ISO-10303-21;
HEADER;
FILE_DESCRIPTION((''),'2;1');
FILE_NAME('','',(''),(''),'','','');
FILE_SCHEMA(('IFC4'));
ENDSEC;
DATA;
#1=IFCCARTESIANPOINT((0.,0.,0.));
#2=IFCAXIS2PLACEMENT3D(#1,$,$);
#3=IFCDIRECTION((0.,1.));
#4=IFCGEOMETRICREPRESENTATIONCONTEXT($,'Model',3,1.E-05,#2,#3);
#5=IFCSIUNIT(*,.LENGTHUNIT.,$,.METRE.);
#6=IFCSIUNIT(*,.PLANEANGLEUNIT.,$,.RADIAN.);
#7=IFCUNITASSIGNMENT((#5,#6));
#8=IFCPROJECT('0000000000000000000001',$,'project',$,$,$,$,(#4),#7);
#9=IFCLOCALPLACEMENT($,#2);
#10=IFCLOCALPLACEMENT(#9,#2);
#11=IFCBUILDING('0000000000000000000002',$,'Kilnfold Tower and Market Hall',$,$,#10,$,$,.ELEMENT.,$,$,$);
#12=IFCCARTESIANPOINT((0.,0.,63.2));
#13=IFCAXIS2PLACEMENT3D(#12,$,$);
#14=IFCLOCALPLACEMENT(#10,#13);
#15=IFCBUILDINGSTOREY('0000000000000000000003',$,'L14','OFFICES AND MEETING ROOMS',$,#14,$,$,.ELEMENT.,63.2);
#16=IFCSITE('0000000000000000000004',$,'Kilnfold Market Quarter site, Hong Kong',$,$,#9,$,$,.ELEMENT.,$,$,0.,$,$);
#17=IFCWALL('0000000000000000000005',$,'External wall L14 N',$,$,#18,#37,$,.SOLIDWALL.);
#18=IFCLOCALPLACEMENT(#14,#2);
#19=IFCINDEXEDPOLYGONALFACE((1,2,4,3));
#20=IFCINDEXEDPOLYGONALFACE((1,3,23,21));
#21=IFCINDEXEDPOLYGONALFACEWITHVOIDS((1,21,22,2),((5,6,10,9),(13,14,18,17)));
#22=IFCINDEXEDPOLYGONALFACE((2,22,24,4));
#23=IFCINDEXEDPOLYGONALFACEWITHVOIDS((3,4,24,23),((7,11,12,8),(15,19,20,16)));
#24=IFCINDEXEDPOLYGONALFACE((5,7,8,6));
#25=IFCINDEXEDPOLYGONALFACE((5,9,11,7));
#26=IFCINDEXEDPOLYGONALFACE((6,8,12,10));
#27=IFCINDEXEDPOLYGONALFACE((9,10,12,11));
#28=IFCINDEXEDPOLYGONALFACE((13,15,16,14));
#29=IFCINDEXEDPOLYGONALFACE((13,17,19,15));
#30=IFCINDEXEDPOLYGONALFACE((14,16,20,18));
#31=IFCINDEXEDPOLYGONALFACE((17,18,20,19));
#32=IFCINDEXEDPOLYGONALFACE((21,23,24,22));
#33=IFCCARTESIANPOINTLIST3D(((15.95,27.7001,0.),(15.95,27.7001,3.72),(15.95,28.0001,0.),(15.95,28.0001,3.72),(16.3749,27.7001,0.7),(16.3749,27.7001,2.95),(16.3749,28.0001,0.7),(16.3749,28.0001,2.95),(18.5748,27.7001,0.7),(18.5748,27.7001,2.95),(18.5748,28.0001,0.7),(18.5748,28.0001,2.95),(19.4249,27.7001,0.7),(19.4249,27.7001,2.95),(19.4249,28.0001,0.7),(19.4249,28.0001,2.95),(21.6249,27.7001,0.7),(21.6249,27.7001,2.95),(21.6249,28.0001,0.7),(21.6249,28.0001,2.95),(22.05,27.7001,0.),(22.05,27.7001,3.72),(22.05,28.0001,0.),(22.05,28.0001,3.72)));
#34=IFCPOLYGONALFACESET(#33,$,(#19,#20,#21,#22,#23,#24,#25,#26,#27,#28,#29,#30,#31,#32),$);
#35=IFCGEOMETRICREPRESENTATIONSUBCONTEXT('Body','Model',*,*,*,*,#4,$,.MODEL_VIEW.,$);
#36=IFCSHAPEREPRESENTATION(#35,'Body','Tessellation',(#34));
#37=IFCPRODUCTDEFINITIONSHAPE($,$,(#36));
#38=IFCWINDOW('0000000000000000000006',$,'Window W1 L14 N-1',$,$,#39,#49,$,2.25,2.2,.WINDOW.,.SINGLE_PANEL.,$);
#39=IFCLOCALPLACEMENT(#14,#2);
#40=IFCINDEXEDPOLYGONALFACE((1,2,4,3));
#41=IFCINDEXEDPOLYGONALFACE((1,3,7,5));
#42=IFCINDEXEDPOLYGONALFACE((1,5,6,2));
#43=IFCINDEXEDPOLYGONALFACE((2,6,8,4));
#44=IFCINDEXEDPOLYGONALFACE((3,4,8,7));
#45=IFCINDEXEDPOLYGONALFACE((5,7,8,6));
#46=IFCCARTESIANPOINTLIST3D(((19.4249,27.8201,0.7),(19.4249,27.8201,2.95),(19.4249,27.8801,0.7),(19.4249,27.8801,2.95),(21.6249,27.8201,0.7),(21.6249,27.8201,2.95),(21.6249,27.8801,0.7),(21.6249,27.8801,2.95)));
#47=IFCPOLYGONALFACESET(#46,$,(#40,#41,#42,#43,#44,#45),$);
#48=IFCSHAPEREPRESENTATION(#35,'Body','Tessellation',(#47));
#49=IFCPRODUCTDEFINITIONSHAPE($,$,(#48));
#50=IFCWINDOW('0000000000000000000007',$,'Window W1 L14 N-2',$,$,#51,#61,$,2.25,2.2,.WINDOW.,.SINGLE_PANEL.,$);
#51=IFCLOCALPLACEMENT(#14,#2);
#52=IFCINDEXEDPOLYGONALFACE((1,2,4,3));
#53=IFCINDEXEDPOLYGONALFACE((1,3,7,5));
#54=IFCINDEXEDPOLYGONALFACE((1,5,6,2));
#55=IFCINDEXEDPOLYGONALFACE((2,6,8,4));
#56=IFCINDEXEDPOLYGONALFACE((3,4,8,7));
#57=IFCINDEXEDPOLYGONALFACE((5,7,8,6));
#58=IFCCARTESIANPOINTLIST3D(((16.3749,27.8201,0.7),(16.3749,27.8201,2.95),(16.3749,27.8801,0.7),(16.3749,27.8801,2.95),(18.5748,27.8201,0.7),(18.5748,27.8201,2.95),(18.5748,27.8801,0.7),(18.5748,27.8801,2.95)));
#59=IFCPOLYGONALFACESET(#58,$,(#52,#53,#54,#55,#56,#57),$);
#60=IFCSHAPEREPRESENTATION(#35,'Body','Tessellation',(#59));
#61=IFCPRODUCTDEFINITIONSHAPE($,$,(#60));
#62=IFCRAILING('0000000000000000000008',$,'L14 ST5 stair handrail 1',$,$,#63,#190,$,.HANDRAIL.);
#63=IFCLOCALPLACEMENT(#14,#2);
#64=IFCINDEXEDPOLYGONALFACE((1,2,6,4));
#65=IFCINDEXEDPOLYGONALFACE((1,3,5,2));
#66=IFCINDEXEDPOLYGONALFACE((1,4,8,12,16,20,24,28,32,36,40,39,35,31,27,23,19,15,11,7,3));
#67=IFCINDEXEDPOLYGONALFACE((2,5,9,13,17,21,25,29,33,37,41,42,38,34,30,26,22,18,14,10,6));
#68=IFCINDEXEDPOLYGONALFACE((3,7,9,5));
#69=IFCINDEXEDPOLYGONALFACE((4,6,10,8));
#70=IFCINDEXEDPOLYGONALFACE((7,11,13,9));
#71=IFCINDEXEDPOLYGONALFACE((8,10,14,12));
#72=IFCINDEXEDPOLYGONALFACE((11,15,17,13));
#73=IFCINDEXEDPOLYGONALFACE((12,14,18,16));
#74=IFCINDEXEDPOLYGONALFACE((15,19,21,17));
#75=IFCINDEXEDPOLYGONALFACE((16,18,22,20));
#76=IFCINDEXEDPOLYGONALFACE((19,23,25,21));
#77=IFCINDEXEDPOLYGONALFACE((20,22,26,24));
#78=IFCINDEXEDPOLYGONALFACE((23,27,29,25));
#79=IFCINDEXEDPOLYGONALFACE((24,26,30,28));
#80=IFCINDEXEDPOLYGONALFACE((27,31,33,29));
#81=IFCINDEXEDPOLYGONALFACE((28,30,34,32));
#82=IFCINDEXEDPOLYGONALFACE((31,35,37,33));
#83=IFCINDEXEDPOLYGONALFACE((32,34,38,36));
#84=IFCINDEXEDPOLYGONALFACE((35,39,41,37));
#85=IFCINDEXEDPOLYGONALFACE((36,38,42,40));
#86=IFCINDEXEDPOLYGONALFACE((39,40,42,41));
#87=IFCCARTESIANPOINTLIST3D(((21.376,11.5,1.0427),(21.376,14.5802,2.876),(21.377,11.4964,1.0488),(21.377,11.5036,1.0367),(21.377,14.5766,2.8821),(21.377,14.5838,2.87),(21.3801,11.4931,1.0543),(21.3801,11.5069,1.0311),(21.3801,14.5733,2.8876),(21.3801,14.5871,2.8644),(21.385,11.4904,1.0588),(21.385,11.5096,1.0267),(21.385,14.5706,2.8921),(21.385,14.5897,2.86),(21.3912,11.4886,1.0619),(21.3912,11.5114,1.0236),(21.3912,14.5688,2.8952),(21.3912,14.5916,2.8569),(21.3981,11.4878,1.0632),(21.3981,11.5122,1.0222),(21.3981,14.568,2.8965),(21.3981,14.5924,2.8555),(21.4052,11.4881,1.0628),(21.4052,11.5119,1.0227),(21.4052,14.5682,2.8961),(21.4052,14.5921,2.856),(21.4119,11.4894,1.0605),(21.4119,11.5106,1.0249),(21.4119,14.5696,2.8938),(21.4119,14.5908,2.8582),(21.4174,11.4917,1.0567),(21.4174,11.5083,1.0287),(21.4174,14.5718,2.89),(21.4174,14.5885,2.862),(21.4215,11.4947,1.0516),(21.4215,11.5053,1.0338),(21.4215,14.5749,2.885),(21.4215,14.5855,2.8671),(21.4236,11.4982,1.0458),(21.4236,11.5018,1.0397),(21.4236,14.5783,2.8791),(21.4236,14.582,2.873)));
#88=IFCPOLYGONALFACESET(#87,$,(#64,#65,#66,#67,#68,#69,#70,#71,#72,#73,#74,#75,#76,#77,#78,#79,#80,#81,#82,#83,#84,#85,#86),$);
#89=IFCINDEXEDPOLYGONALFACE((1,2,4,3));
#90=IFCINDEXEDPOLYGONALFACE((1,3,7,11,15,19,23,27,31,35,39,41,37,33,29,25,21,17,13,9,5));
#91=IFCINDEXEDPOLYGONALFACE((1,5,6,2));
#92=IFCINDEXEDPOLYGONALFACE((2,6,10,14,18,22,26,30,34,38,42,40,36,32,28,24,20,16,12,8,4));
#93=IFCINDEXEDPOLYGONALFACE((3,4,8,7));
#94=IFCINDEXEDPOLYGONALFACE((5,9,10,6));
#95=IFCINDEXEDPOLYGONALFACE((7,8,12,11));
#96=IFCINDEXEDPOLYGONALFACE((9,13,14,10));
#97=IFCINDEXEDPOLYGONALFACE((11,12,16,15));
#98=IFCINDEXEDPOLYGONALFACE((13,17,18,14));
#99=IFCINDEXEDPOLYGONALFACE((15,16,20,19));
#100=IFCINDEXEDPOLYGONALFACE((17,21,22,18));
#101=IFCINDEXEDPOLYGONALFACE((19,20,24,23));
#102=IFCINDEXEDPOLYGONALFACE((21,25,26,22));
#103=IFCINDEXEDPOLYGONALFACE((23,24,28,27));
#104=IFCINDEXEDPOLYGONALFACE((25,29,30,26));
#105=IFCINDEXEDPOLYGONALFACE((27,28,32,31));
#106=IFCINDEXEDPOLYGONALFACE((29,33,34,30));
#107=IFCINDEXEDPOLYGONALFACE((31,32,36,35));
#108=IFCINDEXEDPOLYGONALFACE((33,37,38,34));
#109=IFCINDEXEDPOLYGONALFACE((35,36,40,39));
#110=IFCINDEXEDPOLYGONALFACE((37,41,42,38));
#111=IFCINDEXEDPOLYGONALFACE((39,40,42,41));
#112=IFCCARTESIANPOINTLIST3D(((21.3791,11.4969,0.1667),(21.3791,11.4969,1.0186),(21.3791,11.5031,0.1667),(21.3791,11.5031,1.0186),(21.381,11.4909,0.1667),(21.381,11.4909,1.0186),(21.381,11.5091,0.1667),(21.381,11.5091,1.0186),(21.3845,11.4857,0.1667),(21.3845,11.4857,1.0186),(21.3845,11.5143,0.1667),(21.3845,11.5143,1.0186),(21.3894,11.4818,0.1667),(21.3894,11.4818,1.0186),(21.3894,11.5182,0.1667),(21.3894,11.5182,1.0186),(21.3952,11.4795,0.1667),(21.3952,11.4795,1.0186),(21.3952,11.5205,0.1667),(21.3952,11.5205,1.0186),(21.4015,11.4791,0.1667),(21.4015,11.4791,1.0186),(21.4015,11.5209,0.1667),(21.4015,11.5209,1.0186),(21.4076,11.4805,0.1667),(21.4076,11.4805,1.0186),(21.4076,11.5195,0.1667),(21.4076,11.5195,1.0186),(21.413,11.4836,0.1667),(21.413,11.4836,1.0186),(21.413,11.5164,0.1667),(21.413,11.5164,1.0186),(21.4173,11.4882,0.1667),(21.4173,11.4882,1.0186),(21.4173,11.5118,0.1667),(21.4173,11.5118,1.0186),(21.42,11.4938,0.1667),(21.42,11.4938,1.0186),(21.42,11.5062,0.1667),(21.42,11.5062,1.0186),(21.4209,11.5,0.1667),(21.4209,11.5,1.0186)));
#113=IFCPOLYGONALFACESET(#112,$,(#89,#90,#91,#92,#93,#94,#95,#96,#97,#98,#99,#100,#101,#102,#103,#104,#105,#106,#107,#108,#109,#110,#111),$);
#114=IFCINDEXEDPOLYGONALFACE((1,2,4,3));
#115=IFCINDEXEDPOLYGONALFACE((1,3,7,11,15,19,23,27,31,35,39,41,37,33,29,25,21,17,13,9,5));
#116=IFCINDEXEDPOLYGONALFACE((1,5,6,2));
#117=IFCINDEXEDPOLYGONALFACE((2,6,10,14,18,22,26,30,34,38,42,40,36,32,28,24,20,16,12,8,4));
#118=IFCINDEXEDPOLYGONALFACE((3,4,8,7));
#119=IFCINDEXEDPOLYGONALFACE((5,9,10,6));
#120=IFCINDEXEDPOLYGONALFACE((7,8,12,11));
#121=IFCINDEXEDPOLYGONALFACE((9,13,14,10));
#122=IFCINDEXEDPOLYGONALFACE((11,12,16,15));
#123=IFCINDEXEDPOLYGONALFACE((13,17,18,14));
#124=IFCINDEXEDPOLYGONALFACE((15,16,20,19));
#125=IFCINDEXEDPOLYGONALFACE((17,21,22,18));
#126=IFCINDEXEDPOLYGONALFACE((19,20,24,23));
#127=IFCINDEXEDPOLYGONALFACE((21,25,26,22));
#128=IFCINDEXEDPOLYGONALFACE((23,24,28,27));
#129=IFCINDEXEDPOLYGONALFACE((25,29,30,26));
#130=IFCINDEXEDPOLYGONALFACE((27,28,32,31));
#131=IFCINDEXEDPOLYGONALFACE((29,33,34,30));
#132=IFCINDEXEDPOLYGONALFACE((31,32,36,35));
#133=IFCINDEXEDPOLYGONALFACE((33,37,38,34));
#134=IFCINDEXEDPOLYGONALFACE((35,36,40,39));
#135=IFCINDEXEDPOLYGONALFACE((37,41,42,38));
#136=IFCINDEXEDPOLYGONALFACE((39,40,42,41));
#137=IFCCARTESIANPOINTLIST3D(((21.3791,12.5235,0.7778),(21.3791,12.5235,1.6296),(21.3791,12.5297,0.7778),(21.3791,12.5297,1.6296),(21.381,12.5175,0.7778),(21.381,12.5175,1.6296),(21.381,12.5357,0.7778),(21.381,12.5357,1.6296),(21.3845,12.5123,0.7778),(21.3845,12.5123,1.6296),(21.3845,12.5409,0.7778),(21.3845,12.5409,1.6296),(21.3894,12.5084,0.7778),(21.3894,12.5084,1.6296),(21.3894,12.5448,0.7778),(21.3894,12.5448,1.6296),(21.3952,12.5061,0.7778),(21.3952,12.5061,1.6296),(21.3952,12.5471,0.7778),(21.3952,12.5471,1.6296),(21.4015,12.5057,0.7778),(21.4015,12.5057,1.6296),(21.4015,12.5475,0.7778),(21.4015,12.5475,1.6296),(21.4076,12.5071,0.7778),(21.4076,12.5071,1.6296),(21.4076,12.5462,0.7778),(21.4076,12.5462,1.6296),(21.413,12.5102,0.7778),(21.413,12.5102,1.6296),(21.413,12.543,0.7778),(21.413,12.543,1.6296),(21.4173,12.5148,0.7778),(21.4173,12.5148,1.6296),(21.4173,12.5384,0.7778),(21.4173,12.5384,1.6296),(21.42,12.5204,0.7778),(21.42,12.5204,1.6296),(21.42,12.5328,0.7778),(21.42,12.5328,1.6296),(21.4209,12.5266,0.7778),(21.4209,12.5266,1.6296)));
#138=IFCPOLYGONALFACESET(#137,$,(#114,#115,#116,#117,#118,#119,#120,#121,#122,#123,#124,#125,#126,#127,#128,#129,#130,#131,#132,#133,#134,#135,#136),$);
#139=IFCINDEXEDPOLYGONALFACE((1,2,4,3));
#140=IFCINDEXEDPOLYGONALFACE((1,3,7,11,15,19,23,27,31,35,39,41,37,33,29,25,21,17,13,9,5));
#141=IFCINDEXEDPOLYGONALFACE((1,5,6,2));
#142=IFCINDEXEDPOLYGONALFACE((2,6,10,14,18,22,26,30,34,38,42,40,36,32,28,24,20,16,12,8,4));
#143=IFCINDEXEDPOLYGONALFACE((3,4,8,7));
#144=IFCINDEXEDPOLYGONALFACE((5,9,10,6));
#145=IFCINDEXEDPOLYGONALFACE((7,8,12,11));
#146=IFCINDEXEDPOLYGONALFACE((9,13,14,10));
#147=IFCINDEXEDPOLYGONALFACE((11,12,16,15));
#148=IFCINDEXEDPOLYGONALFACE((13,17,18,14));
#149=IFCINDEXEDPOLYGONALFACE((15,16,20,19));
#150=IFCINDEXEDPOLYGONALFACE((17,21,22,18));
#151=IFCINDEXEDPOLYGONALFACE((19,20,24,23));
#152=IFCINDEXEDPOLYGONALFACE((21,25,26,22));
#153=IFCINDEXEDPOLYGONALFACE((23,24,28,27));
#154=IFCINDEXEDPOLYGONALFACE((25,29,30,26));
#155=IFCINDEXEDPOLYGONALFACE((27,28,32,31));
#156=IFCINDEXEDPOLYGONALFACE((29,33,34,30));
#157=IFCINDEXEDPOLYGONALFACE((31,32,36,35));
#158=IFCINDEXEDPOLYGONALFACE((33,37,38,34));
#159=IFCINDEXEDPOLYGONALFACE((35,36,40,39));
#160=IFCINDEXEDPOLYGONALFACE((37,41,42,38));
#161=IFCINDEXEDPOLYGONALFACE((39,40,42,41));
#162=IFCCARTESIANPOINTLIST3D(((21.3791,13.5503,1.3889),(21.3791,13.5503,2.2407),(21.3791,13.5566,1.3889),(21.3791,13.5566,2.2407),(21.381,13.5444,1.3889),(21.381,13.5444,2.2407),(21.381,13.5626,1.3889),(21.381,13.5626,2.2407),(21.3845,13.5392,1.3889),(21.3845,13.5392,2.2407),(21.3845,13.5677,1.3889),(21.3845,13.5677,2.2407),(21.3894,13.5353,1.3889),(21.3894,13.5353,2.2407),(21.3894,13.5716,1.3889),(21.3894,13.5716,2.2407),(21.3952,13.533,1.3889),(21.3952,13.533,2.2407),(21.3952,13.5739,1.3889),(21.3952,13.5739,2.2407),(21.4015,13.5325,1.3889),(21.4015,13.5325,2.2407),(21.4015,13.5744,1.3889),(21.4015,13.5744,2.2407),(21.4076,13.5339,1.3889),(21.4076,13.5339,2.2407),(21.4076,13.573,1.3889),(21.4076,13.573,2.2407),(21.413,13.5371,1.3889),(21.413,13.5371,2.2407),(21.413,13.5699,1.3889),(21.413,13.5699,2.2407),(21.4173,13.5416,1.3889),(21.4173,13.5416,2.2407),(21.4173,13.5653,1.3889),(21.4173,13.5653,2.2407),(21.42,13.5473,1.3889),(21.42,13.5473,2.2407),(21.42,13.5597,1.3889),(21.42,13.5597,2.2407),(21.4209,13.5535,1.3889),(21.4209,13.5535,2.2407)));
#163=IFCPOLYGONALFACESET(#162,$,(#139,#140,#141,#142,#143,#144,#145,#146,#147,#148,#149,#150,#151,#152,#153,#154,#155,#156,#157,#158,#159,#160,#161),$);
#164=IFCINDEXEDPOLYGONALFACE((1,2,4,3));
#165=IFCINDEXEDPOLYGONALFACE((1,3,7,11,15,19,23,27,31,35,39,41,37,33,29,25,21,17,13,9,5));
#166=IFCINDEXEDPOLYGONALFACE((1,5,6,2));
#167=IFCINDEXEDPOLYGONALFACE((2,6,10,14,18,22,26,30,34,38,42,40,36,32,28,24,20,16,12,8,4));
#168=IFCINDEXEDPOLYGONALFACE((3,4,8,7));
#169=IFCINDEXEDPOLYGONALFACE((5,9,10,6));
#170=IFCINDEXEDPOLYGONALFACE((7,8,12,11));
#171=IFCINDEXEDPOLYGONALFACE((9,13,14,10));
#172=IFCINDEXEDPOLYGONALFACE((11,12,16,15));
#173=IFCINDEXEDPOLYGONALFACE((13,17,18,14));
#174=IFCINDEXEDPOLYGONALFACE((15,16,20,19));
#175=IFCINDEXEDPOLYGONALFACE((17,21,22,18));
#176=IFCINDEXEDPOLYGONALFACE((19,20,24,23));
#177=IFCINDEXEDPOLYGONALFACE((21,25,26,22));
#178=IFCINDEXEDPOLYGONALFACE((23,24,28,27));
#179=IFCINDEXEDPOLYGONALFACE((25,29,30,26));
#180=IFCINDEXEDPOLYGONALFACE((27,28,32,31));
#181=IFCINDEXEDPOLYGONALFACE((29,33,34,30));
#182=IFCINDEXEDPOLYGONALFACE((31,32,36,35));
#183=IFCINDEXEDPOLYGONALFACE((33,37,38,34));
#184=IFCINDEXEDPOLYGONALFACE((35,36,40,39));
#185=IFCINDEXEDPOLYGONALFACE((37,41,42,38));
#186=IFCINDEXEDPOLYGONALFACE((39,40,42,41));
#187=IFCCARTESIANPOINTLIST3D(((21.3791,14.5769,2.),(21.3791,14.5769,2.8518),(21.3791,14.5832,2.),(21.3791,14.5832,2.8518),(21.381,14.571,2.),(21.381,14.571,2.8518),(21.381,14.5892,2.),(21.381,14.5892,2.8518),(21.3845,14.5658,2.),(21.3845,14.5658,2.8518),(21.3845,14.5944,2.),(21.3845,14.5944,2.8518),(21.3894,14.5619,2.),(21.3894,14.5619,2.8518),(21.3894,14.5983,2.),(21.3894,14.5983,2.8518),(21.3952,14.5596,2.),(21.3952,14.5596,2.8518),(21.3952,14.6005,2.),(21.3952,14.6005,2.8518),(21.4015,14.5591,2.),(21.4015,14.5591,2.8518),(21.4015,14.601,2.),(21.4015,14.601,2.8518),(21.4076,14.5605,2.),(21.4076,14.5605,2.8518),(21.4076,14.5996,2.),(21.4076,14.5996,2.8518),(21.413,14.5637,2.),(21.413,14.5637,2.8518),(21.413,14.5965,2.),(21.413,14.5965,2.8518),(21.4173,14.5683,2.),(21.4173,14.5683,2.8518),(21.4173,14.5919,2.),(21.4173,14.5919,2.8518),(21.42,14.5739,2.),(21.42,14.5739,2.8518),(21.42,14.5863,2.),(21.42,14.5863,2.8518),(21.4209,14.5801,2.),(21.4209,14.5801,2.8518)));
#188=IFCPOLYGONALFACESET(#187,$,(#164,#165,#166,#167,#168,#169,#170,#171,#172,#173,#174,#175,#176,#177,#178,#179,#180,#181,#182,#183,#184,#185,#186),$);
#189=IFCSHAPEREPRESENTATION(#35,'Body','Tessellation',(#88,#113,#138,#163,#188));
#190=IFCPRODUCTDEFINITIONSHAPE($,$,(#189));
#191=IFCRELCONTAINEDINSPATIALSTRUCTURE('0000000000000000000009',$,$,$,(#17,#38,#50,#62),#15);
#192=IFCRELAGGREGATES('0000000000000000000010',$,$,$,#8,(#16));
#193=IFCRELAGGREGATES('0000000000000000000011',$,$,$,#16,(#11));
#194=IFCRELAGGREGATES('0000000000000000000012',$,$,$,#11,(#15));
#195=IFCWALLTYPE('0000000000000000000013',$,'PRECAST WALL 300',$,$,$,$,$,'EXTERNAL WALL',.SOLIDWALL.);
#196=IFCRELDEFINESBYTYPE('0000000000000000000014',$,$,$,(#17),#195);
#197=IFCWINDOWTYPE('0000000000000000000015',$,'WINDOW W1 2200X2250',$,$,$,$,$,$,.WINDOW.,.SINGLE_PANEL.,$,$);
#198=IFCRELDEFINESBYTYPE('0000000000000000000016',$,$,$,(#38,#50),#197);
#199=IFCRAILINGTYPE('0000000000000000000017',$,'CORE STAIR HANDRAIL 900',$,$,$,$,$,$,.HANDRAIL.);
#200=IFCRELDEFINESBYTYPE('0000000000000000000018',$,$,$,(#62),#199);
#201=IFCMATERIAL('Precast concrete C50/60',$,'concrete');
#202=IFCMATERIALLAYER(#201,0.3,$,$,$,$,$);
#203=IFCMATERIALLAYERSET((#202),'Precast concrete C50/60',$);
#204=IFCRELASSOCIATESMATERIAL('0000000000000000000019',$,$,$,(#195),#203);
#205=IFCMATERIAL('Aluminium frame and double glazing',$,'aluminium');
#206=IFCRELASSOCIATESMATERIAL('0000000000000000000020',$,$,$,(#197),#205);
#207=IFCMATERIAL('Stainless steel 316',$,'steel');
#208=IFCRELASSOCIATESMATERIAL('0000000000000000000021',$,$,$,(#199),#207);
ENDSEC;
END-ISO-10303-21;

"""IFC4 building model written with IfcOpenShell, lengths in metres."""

from ifc_helpers import new_model, si_unit, direction, frame, frame_2d, origin, origin_2d, place, context, subcontext, project, spatial, rectangle, circle, extrude, source, transform, mapped, material, layer, layer_set, type_object, element, fill, save


model = new_model("IFC4")

# Units and contexts
model_context = context("Model", 3, precision=1e-05, world=origin(), true_north=direction((0.0, 1.0)))
body_context = subcontext(model_context, "Body", "Model", "MODEL_VIEW")
ifc_project = project(units=[si_unit("LENGTHUNIT", "METRE"), si_unit("PLANEANGLEUNIT", "RADIAN")], contexts=[model_context])

# Site, building, storey
site_placement = place(None, origin())
site = spatial("IfcSite", under=ifc_project, at=site_placement, Name="Kilnfold Market Quarter site, Hong Kong", CompositionType="ELEMENT", RefElevation=0.0)
building_placement = place(site_placement, origin())
building = spatial("IfcBuilding", under=site, at=building_placement, Name="Kilnfold Tower and Market Hall", CompositionType="ELEMENT")
storey_placement = place(building_placement, frame((0.0, 0.0, 63.2)))
storey = spatial("IfcBuildingStorey", under=building, at=storey_placement, Name="L14", Description="OFFICES AND MEETING ROOMS", CompositionType="ELEMENT", Elevation=63.2)

# Shared definitions
ifc_material_1 = material(Name="Precast concrete C50/60", Category="concrete")
ifc_layer_1 = layer(ifc_material_1, 0.3)
ifc_layer_set_1 = layer_set([ifc_layer_1], Name="Precast concrete C50/60")
wall_type_1 = type_object("IfcWallType", Name="PRECAST WALL 300", ElementType="EXTERNAL WALL", PredefinedType="SOLIDWALL", material=ifc_layer_set_1)
ifc_material_2 = material(Name="Aluminium frame and double glazing", Category="aluminium")
window_type = type_object("IfcWindowType", Name="WINDOW W1 2200X2250", PartitioningType="SINGLE_PANEL", PredefinedType="WINDOW", material=ifc_material_2)

# Wall, openings, windows
shared_shape_1 = source(origin(), body_context, "Body", "SweptSolid", [
    extrude(rectangle(XDim=6.1001, YDim=0.3, at=frame_2d((3.05, 0.0))), origin(), (0.0, 0.0, 1.0), 3.72),
])
wall_1_placement = place(storey_placement, frame((22.05, 27.8501, 0.0), z_axis=(0.0, 0.0, 1.0), x_axis=(-1.0, 0.0, 0.0)))
wall_1 = element("IfcWall", 1, at=wall_1_placement, inside=storey, type_object=wall_type_1, Name="External wall L14 N", PredefinedType="SOLIDWALL", context=body_context, shape_type="MappedRepresentation", body=[
    mapped(shared_shape_1, transform((0.0, 0.0, 0.0))),
])
opening_1_placement = place(wall_1_placement, frame((0.425, 0.0, 0.7)))
opening_1 = element("IfcOpeningElement", 2, at=opening_1_placement, cuts=wall_1, PredefinedType="OPENING", context=body_context, shape_type="SweptSolid", body=[
    extrude(rectangle(XDim=2.2, YDim=2.25, at=frame_2d((1.1001, 1.125))), frame((0.0, 0.1602, 0.0), z_axis=(0.0, -1.0, 0.0), x_axis=(1.0, 0.0, 0.0)), (0.0, 0.0, 1.0), 0.3201),
])
opening_2_placement = place(wall_1_placement, frame((3.4751, 0.0, 0.7)))
opening_2 = element("IfcOpeningElement", 3, at=opening_2_placement, cuts=wall_1, PredefinedType="OPENING", context=body_context, shape_type="SweptSolid", body=[
    extrude(rectangle(XDim=2.2, YDim=2.25, at=frame_2d((1.1001, 1.125))), frame((0.0, 0.1602, 0.0), z_axis=(0.0, -1.0, 0.0), x_axis=(1.0, 0.0, 0.0)), (0.0, 0.0, 1.0), 0.3201),
])
window_1_placement = place(opening_1_placement, origin())
window_1 = element("IfcWindow", 4, at=window_1_placement, inside=storey, type_object=window_type, Name="Window W1 L14 N-1", OverallHeight=2.25, OverallWidth=2.2, PartitioningType="SINGLE_PANEL", PredefinedType="WINDOW", context=body_context, shape_type="SweptSolid", body=[
    extrude(rectangle(XDim=2.2, YDim=2.25, at=frame_2d((1.1001, 1.125))), frame((0.0, 0.03, 0.0), z_axis=(0.0, -1.0, 0.0), x_axis=(1.0, 0.0, 0.0)), (0.0, 0.0, 1.0), 0.0601),
])
fill(opening_1, window_1)
window_2_placement = place(opening_2_placement, origin())
window_2 = element("IfcWindow", 5, at=window_2_placement, inside=storey, type_object=window_type, Name="Window W1 L14 N-2", OverallHeight=2.25, OverallWidth=2.2, PartitioningType="SINGLE_PANEL", PredefinedType="WINDOW", context=body_context, shape_type="SweptSolid", body=[
    extrude(rectangle(XDim=2.2, YDim=2.25, at=frame_2d((1.1001, 1.125))), frame((0.0, 0.03, 0.0), z_axis=(0.0, -1.0, 0.0), x_axis=(1.0, 0.0, 0.0)), (0.0, 0.0, 1.0), 0.0601),
])
fill(opening_2, window_2)

# Railing
ifc_material_3 = material(Name="Stainless steel 316", Category="steel")
railing_type_1 = type_object("IfcRailingType", Name="CORE STAIR HANDRAIL 900", PredefinedType="HANDRAIL", material=ifc_material_3)
railing_1_placement = place(storey_placement, frame((21.3999, 11.5, 0.1667)))
element("IfcRailing", 6, at=railing_1_placement, inside=storey, type_object=railing_type_1, Name="L14 ST5 stair handrail 1", PredefinedType="HANDRAIL", context=body_context, shape_type="SweptSolid", body=[
    extrude(circle(Radius=0.0239, at=origin_2d()), frame((0.0, 0.0, 0.876), z_axis=(0.0, 0.859309, 0.511458), x_axis=(-1.0, 0.0, 0.0)), (0.0, 0.0, 1.0), 3.5845),
    extrude(circle(Radius=0.021, at=origin_2d()), origin(), (0.0, 0.0, 1.0), 0.8518),
    extrude(circle(Radius=0.021, at=origin_2d()), frame((0.0, 1.0266, 0.6111)), (0.0, 0.0, 1.0), 0.8518),
    extrude(circle(Radius=0.021, at=origin_2d()), frame((0.0, 2.0535, 1.2222)), (0.0, 0.0, 1.0), 0.8518),
    extrude(circle(Radius=0.021, at=origin_2d()), frame((0.0, 3.0801, 1.8333)), (0.0, 0.0, 1.0), 0.8518),
])

save(model, "model.ifc")
